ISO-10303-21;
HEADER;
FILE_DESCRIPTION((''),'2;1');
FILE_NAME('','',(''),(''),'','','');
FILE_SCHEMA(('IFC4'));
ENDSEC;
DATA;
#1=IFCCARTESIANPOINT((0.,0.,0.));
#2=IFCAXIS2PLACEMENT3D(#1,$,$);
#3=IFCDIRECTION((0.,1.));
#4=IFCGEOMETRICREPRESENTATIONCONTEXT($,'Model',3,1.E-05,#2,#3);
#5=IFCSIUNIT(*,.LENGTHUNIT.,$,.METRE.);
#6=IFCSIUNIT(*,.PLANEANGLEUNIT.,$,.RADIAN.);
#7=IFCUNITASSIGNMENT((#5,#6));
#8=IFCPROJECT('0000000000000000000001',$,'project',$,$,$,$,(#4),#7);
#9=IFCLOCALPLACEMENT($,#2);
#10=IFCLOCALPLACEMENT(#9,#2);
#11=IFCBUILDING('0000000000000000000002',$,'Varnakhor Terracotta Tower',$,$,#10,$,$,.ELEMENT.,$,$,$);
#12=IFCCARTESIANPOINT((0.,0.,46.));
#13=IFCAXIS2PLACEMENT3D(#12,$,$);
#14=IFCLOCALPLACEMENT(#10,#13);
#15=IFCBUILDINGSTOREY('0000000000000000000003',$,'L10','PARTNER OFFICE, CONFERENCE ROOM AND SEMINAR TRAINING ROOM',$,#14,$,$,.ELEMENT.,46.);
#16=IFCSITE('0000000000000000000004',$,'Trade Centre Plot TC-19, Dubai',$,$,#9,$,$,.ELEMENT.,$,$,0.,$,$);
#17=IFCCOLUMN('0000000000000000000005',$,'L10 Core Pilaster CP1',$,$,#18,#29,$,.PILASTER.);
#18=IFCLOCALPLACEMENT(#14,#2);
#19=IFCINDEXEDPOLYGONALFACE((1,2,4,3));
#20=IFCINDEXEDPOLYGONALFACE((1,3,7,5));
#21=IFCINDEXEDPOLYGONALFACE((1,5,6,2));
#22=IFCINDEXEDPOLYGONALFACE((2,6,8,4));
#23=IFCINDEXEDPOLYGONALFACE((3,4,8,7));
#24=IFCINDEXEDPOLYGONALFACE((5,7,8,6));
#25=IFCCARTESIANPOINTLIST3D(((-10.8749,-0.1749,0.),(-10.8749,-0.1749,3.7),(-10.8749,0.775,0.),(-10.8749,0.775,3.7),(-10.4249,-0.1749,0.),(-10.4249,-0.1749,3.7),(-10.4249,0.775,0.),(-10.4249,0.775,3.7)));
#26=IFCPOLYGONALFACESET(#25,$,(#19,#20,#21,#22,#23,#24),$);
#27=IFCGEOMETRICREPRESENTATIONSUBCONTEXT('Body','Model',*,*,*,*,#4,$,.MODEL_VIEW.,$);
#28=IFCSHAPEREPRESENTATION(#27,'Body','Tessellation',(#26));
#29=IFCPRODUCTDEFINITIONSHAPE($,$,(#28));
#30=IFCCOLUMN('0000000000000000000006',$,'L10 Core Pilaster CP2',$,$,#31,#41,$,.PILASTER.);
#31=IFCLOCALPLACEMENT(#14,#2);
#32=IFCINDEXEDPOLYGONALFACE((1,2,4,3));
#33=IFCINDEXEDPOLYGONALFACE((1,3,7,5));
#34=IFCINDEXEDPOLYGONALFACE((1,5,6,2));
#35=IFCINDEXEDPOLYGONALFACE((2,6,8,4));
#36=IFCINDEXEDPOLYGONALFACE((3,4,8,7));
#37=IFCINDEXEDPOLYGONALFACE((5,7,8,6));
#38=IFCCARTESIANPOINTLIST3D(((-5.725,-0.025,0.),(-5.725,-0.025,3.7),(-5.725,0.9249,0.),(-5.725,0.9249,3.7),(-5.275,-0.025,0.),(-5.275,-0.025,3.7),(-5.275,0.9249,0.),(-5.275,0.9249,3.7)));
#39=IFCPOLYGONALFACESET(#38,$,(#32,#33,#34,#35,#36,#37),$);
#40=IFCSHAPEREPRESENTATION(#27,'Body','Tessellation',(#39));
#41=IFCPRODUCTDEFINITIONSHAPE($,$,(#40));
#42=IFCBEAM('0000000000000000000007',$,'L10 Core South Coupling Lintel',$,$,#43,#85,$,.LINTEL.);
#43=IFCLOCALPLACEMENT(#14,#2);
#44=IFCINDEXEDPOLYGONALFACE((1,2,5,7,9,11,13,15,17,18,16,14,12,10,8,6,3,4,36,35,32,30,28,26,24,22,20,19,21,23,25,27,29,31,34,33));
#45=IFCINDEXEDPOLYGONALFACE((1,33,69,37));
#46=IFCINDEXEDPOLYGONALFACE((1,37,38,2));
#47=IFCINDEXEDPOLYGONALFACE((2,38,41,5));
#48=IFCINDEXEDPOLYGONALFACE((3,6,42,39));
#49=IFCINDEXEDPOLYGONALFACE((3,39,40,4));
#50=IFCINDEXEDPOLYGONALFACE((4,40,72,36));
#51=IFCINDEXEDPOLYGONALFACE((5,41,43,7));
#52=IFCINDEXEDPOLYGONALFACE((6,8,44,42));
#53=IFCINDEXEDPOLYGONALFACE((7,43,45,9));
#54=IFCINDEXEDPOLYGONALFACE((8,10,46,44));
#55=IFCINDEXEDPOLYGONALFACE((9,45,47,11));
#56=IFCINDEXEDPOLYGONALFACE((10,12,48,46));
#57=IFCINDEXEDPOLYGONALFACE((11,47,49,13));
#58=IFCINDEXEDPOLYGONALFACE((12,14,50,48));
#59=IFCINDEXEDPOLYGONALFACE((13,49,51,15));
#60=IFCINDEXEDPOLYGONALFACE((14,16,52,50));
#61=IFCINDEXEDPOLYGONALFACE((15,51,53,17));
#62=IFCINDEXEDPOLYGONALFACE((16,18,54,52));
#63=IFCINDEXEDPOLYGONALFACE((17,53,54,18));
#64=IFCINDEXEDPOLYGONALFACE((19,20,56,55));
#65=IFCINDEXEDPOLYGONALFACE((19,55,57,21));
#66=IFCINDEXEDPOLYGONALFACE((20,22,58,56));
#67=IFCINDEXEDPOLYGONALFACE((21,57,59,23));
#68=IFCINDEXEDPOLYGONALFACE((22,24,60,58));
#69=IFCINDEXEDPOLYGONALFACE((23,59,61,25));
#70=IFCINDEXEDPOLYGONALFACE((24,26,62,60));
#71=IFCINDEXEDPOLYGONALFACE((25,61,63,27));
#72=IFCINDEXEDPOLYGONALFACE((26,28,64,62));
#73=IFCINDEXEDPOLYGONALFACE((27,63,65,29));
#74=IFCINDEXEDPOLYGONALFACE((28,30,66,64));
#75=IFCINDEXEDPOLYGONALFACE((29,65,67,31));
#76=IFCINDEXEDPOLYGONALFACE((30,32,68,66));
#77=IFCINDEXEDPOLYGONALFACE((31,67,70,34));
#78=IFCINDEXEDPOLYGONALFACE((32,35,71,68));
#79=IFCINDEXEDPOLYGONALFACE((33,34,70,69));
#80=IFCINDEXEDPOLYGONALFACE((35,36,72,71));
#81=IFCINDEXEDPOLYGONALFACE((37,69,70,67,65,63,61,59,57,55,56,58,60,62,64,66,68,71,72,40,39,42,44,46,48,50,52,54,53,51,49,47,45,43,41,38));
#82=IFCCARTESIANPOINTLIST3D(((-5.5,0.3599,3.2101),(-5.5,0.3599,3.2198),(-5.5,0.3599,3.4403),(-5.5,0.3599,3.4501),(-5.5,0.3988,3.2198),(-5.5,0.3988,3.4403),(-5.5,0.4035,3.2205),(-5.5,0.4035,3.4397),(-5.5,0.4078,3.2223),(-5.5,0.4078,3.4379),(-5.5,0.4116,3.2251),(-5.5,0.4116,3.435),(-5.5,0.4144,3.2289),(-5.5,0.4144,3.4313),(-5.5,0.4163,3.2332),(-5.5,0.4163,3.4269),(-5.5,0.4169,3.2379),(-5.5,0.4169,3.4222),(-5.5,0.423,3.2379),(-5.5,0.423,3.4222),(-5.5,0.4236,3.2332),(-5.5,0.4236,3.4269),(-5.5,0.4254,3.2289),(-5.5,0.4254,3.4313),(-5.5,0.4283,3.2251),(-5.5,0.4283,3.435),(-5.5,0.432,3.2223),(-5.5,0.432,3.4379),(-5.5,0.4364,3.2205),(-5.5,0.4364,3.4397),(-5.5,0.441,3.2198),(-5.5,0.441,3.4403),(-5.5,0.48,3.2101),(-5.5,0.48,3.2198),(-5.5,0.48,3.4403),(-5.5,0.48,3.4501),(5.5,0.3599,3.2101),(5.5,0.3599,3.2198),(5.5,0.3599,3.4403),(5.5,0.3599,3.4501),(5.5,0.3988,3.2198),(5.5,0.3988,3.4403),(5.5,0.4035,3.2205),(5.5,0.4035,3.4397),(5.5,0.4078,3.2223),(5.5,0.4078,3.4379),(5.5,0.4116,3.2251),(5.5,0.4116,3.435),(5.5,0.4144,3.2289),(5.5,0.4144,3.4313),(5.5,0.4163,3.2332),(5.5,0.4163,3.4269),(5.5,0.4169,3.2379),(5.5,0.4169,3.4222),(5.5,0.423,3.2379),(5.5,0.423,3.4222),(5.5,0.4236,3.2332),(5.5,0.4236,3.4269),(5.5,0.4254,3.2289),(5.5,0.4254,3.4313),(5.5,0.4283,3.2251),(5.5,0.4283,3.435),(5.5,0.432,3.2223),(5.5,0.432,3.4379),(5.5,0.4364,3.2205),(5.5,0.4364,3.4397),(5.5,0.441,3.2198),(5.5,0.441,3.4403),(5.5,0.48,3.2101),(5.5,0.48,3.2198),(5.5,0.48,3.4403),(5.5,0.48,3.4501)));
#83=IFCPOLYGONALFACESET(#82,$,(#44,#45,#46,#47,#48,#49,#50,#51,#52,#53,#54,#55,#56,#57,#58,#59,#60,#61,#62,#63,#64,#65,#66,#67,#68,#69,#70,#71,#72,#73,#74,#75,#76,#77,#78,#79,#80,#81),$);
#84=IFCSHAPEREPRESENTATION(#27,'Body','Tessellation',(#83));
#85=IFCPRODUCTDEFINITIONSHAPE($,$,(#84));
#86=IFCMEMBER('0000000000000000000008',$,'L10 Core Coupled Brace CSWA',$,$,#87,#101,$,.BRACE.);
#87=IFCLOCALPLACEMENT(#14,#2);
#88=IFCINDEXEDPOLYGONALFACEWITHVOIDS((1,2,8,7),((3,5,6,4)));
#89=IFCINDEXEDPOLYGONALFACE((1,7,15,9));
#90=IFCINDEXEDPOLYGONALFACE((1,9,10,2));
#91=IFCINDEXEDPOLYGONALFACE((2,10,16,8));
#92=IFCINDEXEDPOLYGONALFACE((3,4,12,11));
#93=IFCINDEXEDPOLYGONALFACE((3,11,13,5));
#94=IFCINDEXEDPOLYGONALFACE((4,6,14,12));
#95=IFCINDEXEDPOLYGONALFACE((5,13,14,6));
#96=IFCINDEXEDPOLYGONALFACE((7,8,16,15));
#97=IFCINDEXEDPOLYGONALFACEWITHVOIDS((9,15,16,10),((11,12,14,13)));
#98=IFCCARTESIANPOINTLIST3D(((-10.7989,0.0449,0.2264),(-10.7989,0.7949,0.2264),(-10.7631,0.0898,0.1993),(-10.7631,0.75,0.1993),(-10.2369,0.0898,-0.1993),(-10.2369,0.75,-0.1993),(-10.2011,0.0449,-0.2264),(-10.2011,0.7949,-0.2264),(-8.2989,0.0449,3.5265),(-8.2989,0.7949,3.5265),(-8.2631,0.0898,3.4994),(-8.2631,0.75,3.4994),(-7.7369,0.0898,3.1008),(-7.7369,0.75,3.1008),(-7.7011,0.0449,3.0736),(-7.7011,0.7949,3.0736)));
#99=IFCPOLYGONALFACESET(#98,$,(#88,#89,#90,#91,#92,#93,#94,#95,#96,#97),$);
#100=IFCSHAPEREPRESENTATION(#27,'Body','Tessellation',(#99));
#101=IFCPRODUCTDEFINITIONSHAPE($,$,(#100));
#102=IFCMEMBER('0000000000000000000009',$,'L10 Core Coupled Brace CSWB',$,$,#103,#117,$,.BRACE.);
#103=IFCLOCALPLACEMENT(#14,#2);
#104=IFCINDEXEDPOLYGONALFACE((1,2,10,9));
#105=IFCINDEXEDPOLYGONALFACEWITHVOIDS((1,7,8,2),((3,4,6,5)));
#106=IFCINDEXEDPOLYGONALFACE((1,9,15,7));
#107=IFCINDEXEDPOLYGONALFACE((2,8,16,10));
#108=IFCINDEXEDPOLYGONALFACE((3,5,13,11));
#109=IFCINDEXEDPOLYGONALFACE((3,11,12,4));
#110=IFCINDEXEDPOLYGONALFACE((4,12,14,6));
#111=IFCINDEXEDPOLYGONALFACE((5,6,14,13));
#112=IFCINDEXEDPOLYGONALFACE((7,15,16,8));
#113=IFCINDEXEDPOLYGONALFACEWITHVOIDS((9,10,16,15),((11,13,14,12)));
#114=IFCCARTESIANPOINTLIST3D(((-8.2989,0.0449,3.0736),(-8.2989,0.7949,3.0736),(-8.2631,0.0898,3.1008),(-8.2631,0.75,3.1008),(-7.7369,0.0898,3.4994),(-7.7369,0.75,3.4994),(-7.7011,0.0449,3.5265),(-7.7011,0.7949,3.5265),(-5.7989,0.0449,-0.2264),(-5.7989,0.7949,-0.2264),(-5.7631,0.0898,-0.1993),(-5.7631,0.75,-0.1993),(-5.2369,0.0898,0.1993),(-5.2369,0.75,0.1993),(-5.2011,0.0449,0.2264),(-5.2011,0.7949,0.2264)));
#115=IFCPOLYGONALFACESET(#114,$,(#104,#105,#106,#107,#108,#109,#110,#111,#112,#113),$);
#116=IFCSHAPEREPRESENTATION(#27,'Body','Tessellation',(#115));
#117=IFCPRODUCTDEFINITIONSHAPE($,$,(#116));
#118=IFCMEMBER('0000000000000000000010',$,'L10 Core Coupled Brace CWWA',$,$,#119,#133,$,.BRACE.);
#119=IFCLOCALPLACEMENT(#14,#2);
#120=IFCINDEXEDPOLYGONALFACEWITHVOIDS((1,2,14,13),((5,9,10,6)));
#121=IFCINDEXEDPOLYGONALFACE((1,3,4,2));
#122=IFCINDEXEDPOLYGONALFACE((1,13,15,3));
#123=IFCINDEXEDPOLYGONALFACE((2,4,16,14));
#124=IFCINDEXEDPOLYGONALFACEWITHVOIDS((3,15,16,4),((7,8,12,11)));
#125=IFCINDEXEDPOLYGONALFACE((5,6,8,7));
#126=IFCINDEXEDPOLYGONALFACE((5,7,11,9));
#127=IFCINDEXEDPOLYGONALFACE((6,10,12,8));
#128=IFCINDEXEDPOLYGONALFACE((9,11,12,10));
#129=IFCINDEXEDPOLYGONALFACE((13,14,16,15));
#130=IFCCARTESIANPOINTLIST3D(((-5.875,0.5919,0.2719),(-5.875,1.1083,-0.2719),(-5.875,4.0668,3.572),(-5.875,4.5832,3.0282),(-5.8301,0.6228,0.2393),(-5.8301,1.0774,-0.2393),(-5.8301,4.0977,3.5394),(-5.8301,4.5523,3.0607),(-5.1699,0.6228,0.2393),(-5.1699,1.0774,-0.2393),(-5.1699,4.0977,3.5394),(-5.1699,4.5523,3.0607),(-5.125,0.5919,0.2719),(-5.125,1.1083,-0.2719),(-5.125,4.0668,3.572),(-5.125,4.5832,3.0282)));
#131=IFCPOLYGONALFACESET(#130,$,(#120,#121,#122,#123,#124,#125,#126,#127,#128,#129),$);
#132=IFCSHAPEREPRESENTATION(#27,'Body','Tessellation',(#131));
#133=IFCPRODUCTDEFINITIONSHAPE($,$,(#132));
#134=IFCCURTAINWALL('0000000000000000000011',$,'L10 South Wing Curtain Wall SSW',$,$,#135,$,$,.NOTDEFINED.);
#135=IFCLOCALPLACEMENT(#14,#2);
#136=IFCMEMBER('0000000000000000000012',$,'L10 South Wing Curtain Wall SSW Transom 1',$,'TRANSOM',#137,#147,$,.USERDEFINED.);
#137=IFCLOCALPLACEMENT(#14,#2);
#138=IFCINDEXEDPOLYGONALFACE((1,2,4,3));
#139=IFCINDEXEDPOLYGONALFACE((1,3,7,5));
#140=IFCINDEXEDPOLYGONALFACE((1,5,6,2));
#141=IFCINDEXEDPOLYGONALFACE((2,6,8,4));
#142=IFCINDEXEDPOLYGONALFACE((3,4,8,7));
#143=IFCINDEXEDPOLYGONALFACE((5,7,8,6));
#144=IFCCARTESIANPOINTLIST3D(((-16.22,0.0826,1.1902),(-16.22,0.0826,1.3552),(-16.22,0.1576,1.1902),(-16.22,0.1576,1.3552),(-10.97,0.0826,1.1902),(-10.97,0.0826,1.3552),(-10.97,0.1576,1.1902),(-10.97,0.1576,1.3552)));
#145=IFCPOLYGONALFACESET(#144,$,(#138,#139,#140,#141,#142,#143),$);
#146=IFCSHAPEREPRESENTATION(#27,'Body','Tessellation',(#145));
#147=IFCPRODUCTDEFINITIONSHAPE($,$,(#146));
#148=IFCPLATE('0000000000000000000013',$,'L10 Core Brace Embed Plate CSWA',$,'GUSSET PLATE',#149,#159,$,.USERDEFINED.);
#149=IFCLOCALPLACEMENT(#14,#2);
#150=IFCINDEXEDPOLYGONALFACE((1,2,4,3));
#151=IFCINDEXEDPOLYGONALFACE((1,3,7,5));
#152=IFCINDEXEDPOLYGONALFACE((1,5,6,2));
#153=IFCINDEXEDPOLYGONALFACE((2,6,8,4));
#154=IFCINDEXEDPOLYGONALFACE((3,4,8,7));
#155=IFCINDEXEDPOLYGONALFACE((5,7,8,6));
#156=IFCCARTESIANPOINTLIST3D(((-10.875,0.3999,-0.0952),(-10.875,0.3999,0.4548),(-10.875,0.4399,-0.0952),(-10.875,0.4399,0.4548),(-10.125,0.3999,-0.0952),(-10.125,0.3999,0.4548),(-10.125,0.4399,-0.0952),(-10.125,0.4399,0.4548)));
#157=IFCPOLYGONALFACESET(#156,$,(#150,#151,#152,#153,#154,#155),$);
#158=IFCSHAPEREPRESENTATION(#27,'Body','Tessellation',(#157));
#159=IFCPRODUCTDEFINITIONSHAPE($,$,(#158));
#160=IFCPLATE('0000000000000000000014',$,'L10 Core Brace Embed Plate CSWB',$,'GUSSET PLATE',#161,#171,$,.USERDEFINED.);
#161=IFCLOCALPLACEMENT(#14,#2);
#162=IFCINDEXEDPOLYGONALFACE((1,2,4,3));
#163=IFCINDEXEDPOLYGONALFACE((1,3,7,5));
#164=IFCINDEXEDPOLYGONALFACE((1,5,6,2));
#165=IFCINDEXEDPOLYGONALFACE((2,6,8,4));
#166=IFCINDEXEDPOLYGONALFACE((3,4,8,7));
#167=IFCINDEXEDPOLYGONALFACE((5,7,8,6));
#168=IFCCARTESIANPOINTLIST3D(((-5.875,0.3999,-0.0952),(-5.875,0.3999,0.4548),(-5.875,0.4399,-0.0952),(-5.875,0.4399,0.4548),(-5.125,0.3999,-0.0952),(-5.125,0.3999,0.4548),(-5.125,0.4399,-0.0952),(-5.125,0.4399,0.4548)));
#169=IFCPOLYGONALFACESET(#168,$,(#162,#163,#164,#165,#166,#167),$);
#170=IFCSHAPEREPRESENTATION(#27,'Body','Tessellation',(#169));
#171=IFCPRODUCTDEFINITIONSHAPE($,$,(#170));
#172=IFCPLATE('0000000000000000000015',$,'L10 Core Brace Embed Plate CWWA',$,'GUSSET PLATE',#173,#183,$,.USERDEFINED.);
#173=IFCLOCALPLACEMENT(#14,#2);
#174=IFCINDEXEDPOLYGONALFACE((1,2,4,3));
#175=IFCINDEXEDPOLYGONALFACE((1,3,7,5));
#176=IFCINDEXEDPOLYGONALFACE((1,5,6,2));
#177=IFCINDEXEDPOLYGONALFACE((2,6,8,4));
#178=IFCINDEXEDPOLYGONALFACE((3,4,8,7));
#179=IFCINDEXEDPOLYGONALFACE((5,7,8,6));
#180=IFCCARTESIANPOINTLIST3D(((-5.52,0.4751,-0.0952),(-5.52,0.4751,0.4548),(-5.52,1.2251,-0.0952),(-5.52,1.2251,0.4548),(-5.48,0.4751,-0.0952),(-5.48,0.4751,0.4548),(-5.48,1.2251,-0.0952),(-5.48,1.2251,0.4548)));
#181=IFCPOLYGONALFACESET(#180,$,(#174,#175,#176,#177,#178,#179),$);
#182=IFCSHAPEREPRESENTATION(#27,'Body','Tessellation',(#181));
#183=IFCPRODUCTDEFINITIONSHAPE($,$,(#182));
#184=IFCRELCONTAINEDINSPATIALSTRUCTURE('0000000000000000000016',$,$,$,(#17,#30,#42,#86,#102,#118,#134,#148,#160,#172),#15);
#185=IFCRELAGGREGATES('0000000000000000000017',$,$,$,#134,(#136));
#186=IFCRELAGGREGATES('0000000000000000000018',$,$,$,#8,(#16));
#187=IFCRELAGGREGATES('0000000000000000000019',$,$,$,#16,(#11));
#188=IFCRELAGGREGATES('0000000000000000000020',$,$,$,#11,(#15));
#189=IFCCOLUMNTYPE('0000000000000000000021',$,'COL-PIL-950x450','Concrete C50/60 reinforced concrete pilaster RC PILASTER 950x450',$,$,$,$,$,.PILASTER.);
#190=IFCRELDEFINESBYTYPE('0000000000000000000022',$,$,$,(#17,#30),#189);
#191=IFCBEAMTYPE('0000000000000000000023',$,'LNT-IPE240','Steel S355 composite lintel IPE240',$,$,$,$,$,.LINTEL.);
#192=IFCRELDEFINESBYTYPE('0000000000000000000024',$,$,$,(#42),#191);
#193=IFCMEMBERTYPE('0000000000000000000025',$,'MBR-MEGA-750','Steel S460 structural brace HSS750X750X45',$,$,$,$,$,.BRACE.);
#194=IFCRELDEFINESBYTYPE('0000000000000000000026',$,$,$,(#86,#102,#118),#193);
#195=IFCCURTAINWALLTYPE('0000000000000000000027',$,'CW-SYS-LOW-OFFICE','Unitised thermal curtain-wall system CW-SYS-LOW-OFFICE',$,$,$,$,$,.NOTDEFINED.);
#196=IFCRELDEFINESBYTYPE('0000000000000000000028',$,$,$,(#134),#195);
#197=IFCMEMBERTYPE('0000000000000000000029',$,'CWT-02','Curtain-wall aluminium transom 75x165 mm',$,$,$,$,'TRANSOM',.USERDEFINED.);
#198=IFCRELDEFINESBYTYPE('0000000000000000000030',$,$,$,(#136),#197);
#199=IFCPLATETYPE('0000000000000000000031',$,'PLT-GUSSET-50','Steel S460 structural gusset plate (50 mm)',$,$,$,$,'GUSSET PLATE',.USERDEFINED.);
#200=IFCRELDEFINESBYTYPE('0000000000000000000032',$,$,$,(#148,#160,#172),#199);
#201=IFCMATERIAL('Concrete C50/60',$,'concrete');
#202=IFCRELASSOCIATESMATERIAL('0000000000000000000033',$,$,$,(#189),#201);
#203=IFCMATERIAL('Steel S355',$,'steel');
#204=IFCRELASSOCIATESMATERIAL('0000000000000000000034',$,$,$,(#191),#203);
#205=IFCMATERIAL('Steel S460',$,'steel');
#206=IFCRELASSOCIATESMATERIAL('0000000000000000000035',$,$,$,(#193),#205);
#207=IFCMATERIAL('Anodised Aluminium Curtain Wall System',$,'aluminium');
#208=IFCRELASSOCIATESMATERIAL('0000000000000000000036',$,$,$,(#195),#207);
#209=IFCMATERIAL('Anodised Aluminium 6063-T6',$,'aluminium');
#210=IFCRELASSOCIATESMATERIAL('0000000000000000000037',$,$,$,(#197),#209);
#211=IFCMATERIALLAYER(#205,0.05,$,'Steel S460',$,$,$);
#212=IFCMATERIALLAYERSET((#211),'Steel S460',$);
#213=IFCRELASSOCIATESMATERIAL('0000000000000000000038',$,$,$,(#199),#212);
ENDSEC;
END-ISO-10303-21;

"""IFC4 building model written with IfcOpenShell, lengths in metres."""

from ifc_helpers import new_model, si_unit, direction, frame, origin, origin_2d, place, context, subcontext, project, spatial, rectangle, hollow_rectangle, i_section, extrude, source, transform, mapped, material, layer, layer_set, material_profile, profile_set, type_object, type_shapes, element, aggregate, save


model = new_model("IFC4")

# Units and contexts
model_context = context("Model", 3, precision=1e-05, world=origin(), true_north=direction((0.0, 1.0)))
body_context = subcontext(model_context, "Body", "Model", "MODEL_VIEW")
ifc_project = project(units=[si_unit("LENGTHUNIT", "METRE"), si_unit("PLANEANGLEUNIT", "RADIAN")], contexts=[model_context])

# Site, building, storey
site_placement = place(None, origin())
site = spatial("IfcSite", under=ifc_project, at=site_placement, Name="Trade Centre Plot TC-19, Dubai", CompositionType="ELEMENT", RefElevation=0.0)
building_placement = place(site_placement, origin())
building = spatial("IfcBuilding", under=site, at=building_placement, Name="Varnakhor Terracotta Tower", CompositionType="ELEMENT")
storey_placement = place(building_placement, frame((0.0, 0.0, 46.0)))
storey = spatial("IfcBuildingStorey", under=building, at=storey_placement, Name="L10", Description="PARTNER OFFICE, CONFERENCE ROOM AND SEMINAR TRAINING ROOM", CompositionType="ELEMENT", Elevation=46.0)

# Columns
ifc_material_1 = material(Name="Concrete C50/60", Category="concrete")
ifc_material_profile_1 = material_profile(ifc_material_1, rectangle(XDim=0.45, YDim=0.95, at=origin_2d()), Name="RC PILASTER 950x450")
ifc_profile_set_1 = profile_set([ifc_material_profile_1], Name="Concrete C50/60")
column_type = type_object("IfcColumnType", Name="COL-PIL-950x450", Description="Concrete C50/60 reinforced concrete pilaster RC PILASTER 950x450", PredefinedType="PILASTER", material=ifc_profile_set_1)
shared_shape_1 = source(origin(), body_context, "Body", "SweptSolid", [
    extrude(rectangle(XDim=0.45, YDim=0.95, at=origin_2d()), origin(), (0.0, 0.0, 1.0), 3.7),
])
for number, where, z_axis, x_axis, name in (
    (1, (-10.6499, 0.3, 0.0), (0.0, 0.0, 1.0), (1.0, 0.0, 0.0), "L10 Core Pilaster CP1"),
    (2, (-5.5, 0.45, 0.0), (0.0, 0.0, 1.0), (1.0, 0.0, 0.0), "L10 Core Pilaster CP2"),
):
    element("IfcColumn", number, at=place(storey_placement, frame(where, z_axis=z_axis, x_axis=x_axis)), inside=storey, type_object=column_type, Name=name, PredefinedType="PILASTER", context=body_context, shape_type="MappedRepresentation", body=[
        mapped(shared_shape_1, transform((0.0, 0.0, 0.0), scale=1.0)),
    ])

# Beam
ifc_material_2 = material(Name="Steel S355", Category="steel")
ifc_material_profile_2 = material_profile(ifc_material_2, i_section(OverallWidth=0.1201, OverallDepth=0.24, WebThickness=0.0061, FlangeThickness=0.0098, FilletRadius=0.0181, at=origin_2d()), Name="IPE240")
ifc_profile_set_2 = profile_set([ifc_material_profile_2], Name="Steel S355")
beam_type = type_object("IfcBeamType", Name="LNT-IPE240", Description="Steel S355 composite lintel IPE240", PredefinedType="LINTEL", material=ifc_profile_set_2)
shared_shape_2 = source(origin(), body_context, "Body", "SweptSolid", [
    extrude(i_section(OverallWidth=0.1201, OverallDepth=0.24, WebThickness=0.0061, FlangeThickness=0.0098, FilletRadius=0.0181, at=origin_2d()), origin(), (0.0, 0.0, 1.0), 11.0),
])
type_shapes(beam_type, [shared_shape_2])
beam_placement = place(storey_placement, frame((-5.5, 0.4199, 3.3301), z_axis=(1.0, 0.0, 0.0), x_axis=(0.0, 1.0, 0.0)))
element("IfcBeam", 3, at=beam_placement, inside=storey, type_object=beam_type, Name="L10 Core South Coupling Lintel", PredefinedType="LINTEL", context=body_context, shape_type="MappedRepresentation", body=[
    mapped(shared_shape_2, transform((0.0, 0.0, 0.0), scale=1.0)),
])

# Members
ifc_material_3 = material(Name="Steel S460", Category="steel")
ifc_material_profile_3 = material_profile(ifc_material_3, hollow_rectangle(XDim=0.75, YDim=0.75, WallThickness=0.0449, at=origin_2d()), Name="HSS750X750X45")
ifc_profile_set_3 = profile_set([ifc_material_profile_3], Name="Steel S460")
member_type_1 = type_object("IfcMemberType", Name="MBR-MEGA-750", Description="Steel S460 structural brace HSS750X750X45", PredefinedType="BRACE", material=ifc_profile_set_3)
shared_shape_3 = source(origin(), body_context, "Body", "SweptSolid", [
    extrude(hollow_rectangle(XDim=0.75, YDim=0.75, WallThickness=0.0449, at=origin_2d()), origin(), (0.0, 0.0, 1.0), 4.1401),
])
type_shapes(member_type_1, [shared_shape_3])
for number, where, z_axis, x_axis, name in (
    (4, (-10.5, 0.4199, 0.0), (0.603852, 0.0, 0.797096), (0.0, 1.0, 0.0), "L10 Core Coupled Brace CSWA"),
    (5, (-5.5, 0.4199, 0.0), (-0.603852, 0.0, 0.797096), (0.0, -1.0, 0.0), "L10 Core Coupled Brace CSWB"),
):
    element("IfcMember", number, at=place(storey_placement, frame(where, z_axis=z_axis, x_axis=x_axis)), inside=storey, type_object=member_type_1, Name=name, PredefinedType="BRACE", context=body_context, shape_type="MappedRepresentation", body=[
        mapped(shared_shape_3, transform((0.0, 0.0, 0.0), scale=1.0)),
    ])
shared_shape_4 = source(origin(), body_context, "Body", "SweptSolid", [
    extrude(hollow_rectangle(XDim=0.75, YDim=0.75, WallThickness=0.0449, at=origin_2d()), origin(), (0.0, 0.0, 1.0), 4.7922),
])
member_1_placement = place(storey_placement, frame((-5.5, 0.8501, 0.0), z_axis=(0.0, 0.72511, 0.688633), x_axis=(-1.0, 0.0, 0.0)))
element("IfcMember", 6, at=member_1_placement, inside=storey, type_object=member_type_1, Name="L10 Core Coupled Brace CWWA", PredefinedType="BRACE", context=body_context, shape_type="MappedRepresentation", body=[
    mapped(shared_shape_4, transform((0.0, 0.0, 0.0), scale=1.0)),
])

# Curtain wall, member
ifc_material_4 = material(Name="Anodised Aluminium Curtain Wall System", Category="aluminium")
curtain_wall_type = type_object("IfcCurtainWallType", Name="CW-SYS-LOW-OFFICE", Description="Unitised thermal curtain-wall system CW-SYS-LOW-OFFICE", PredefinedType="NOTDEFINED", material=ifc_material_4)
curtain_wall_placement = place(storey_placement, origin())
curtain_wall = element("IfcCurtainWall", 7, at=curtain_wall_placement, inside=storey, type_object=curtain_wall_type, Name="L10 South Wing Curtain Wall SSW", PredefinedType="NOTDEFINED")
ifc_material_5 = material(Name="Anodised Aluminium 6063-T6", Category="aluminium")
ifc_material_profile_4 = material_profile(ifc_material_5, rectangle(XDim=0.075, YDim=0.165, at=origin_2d()), Name="ALU TRANSOM 75x165")
ifc_profile_set_4 = profile_set([ifc_material_profile_4], Name="Anodised Aluminium 6063-T6")
member_type_2 = type_object("IfcMemberType", Name="CWT-02", Description="Curtain-wall aluminium transom 75x165 mm", ElementType="TRANSOM", PredefinedType="USERDEFINED", material=ifc_profile_set_4)
shared_shape_5 = source(origin(), body_context, "Body", "SweptSolid", [
    extrude(rectangle(XDim=0.075, YDim=0.165, at=origin_2d()), origin(), (0.0, 0.0, 1.0), 5.25),
])
member_2_placement = place(storey_placement, frame((-10.97, 0.1201, 1.2727), z_axis=(-1.0, 0.0, 0.0), x_axis=(0.0, -1.0, 0.0)))
member_2 = element("IfcMember", 8, at=member_2_placement, type_object=member_type_2, Name="L10 South Wing Curtain Wall SSW Transom 1", ObjectType="TRANSOM", PredefinedType="USERDEFINED", context=body_context, shape_type="MappedRepresentation", body=[
    mapped(shared_shape_5, transform((0.0, 0.0, 0.0), scale=1.0)),
])
aggregate(curtain_wall, [member_2])

# Plates
ifc_layer_1 = layer(ifc_material_3, 0.05, Name="Steel S460")
ifc_layer_set_1 = layer_set([ifc_layer_1], Name="Steel S460")
plate_type = type_object("IfcPlateType", Name="PLT-GUSSET-50", Description="Steel S460 structural gusset plate (50 mm)", ElementType="GUSSET PLATE", PredefinedType="USERDEFINED", material=ifc_layer_set_1)
shared_shape_6 = source(origin(), body_context, "Body", "SweptSolid", [
    extrude(rectangle(XDim=0.75, YDim=0.04, at=origin_2d()), origin(), (0.0, 0.0, 1.0), 0.55),
])
type_shapes(plate_type, [shared_shape_6])
for number, where, z_axis, x_axis, name in (
    (9, (-10.5, 0.4199, -0.0952), (0.0, 0.0, 1.0), (1.0, 0.0, 0.0), "L10 Core Brace Embed Plate CSWA"),
    (10, (-5.5, 0.4199, -0.0952), (0.0, 0.0, 1.0), (1.0, 0.0, 0.0), "L10 Core Brace Embed Plate CSWB"),
    (11, (-5.5, 0.8501, -0.0952), (0.0, 0.0, 1.0), (0.0, 1.0, 0.0), "L10 Core Brace Embed Plate CWWA"),
):
    element("IfcPlate", number, at=place(storey_placement, frame(where, z_axis=z_axis, x_axis=x_axis)), inside=storey, type_object=plate_type, Name=name, ObjectType="GUSSET PLATE", PredefinedType="USERDEFINED", context=body_context, shape_type="MappedRepresentation", body=[
        mapped(shared_shape_6, transform((0.0, 0.0, 0.0), scale=1.0)),
    ])

save(model, "model.ifc")
